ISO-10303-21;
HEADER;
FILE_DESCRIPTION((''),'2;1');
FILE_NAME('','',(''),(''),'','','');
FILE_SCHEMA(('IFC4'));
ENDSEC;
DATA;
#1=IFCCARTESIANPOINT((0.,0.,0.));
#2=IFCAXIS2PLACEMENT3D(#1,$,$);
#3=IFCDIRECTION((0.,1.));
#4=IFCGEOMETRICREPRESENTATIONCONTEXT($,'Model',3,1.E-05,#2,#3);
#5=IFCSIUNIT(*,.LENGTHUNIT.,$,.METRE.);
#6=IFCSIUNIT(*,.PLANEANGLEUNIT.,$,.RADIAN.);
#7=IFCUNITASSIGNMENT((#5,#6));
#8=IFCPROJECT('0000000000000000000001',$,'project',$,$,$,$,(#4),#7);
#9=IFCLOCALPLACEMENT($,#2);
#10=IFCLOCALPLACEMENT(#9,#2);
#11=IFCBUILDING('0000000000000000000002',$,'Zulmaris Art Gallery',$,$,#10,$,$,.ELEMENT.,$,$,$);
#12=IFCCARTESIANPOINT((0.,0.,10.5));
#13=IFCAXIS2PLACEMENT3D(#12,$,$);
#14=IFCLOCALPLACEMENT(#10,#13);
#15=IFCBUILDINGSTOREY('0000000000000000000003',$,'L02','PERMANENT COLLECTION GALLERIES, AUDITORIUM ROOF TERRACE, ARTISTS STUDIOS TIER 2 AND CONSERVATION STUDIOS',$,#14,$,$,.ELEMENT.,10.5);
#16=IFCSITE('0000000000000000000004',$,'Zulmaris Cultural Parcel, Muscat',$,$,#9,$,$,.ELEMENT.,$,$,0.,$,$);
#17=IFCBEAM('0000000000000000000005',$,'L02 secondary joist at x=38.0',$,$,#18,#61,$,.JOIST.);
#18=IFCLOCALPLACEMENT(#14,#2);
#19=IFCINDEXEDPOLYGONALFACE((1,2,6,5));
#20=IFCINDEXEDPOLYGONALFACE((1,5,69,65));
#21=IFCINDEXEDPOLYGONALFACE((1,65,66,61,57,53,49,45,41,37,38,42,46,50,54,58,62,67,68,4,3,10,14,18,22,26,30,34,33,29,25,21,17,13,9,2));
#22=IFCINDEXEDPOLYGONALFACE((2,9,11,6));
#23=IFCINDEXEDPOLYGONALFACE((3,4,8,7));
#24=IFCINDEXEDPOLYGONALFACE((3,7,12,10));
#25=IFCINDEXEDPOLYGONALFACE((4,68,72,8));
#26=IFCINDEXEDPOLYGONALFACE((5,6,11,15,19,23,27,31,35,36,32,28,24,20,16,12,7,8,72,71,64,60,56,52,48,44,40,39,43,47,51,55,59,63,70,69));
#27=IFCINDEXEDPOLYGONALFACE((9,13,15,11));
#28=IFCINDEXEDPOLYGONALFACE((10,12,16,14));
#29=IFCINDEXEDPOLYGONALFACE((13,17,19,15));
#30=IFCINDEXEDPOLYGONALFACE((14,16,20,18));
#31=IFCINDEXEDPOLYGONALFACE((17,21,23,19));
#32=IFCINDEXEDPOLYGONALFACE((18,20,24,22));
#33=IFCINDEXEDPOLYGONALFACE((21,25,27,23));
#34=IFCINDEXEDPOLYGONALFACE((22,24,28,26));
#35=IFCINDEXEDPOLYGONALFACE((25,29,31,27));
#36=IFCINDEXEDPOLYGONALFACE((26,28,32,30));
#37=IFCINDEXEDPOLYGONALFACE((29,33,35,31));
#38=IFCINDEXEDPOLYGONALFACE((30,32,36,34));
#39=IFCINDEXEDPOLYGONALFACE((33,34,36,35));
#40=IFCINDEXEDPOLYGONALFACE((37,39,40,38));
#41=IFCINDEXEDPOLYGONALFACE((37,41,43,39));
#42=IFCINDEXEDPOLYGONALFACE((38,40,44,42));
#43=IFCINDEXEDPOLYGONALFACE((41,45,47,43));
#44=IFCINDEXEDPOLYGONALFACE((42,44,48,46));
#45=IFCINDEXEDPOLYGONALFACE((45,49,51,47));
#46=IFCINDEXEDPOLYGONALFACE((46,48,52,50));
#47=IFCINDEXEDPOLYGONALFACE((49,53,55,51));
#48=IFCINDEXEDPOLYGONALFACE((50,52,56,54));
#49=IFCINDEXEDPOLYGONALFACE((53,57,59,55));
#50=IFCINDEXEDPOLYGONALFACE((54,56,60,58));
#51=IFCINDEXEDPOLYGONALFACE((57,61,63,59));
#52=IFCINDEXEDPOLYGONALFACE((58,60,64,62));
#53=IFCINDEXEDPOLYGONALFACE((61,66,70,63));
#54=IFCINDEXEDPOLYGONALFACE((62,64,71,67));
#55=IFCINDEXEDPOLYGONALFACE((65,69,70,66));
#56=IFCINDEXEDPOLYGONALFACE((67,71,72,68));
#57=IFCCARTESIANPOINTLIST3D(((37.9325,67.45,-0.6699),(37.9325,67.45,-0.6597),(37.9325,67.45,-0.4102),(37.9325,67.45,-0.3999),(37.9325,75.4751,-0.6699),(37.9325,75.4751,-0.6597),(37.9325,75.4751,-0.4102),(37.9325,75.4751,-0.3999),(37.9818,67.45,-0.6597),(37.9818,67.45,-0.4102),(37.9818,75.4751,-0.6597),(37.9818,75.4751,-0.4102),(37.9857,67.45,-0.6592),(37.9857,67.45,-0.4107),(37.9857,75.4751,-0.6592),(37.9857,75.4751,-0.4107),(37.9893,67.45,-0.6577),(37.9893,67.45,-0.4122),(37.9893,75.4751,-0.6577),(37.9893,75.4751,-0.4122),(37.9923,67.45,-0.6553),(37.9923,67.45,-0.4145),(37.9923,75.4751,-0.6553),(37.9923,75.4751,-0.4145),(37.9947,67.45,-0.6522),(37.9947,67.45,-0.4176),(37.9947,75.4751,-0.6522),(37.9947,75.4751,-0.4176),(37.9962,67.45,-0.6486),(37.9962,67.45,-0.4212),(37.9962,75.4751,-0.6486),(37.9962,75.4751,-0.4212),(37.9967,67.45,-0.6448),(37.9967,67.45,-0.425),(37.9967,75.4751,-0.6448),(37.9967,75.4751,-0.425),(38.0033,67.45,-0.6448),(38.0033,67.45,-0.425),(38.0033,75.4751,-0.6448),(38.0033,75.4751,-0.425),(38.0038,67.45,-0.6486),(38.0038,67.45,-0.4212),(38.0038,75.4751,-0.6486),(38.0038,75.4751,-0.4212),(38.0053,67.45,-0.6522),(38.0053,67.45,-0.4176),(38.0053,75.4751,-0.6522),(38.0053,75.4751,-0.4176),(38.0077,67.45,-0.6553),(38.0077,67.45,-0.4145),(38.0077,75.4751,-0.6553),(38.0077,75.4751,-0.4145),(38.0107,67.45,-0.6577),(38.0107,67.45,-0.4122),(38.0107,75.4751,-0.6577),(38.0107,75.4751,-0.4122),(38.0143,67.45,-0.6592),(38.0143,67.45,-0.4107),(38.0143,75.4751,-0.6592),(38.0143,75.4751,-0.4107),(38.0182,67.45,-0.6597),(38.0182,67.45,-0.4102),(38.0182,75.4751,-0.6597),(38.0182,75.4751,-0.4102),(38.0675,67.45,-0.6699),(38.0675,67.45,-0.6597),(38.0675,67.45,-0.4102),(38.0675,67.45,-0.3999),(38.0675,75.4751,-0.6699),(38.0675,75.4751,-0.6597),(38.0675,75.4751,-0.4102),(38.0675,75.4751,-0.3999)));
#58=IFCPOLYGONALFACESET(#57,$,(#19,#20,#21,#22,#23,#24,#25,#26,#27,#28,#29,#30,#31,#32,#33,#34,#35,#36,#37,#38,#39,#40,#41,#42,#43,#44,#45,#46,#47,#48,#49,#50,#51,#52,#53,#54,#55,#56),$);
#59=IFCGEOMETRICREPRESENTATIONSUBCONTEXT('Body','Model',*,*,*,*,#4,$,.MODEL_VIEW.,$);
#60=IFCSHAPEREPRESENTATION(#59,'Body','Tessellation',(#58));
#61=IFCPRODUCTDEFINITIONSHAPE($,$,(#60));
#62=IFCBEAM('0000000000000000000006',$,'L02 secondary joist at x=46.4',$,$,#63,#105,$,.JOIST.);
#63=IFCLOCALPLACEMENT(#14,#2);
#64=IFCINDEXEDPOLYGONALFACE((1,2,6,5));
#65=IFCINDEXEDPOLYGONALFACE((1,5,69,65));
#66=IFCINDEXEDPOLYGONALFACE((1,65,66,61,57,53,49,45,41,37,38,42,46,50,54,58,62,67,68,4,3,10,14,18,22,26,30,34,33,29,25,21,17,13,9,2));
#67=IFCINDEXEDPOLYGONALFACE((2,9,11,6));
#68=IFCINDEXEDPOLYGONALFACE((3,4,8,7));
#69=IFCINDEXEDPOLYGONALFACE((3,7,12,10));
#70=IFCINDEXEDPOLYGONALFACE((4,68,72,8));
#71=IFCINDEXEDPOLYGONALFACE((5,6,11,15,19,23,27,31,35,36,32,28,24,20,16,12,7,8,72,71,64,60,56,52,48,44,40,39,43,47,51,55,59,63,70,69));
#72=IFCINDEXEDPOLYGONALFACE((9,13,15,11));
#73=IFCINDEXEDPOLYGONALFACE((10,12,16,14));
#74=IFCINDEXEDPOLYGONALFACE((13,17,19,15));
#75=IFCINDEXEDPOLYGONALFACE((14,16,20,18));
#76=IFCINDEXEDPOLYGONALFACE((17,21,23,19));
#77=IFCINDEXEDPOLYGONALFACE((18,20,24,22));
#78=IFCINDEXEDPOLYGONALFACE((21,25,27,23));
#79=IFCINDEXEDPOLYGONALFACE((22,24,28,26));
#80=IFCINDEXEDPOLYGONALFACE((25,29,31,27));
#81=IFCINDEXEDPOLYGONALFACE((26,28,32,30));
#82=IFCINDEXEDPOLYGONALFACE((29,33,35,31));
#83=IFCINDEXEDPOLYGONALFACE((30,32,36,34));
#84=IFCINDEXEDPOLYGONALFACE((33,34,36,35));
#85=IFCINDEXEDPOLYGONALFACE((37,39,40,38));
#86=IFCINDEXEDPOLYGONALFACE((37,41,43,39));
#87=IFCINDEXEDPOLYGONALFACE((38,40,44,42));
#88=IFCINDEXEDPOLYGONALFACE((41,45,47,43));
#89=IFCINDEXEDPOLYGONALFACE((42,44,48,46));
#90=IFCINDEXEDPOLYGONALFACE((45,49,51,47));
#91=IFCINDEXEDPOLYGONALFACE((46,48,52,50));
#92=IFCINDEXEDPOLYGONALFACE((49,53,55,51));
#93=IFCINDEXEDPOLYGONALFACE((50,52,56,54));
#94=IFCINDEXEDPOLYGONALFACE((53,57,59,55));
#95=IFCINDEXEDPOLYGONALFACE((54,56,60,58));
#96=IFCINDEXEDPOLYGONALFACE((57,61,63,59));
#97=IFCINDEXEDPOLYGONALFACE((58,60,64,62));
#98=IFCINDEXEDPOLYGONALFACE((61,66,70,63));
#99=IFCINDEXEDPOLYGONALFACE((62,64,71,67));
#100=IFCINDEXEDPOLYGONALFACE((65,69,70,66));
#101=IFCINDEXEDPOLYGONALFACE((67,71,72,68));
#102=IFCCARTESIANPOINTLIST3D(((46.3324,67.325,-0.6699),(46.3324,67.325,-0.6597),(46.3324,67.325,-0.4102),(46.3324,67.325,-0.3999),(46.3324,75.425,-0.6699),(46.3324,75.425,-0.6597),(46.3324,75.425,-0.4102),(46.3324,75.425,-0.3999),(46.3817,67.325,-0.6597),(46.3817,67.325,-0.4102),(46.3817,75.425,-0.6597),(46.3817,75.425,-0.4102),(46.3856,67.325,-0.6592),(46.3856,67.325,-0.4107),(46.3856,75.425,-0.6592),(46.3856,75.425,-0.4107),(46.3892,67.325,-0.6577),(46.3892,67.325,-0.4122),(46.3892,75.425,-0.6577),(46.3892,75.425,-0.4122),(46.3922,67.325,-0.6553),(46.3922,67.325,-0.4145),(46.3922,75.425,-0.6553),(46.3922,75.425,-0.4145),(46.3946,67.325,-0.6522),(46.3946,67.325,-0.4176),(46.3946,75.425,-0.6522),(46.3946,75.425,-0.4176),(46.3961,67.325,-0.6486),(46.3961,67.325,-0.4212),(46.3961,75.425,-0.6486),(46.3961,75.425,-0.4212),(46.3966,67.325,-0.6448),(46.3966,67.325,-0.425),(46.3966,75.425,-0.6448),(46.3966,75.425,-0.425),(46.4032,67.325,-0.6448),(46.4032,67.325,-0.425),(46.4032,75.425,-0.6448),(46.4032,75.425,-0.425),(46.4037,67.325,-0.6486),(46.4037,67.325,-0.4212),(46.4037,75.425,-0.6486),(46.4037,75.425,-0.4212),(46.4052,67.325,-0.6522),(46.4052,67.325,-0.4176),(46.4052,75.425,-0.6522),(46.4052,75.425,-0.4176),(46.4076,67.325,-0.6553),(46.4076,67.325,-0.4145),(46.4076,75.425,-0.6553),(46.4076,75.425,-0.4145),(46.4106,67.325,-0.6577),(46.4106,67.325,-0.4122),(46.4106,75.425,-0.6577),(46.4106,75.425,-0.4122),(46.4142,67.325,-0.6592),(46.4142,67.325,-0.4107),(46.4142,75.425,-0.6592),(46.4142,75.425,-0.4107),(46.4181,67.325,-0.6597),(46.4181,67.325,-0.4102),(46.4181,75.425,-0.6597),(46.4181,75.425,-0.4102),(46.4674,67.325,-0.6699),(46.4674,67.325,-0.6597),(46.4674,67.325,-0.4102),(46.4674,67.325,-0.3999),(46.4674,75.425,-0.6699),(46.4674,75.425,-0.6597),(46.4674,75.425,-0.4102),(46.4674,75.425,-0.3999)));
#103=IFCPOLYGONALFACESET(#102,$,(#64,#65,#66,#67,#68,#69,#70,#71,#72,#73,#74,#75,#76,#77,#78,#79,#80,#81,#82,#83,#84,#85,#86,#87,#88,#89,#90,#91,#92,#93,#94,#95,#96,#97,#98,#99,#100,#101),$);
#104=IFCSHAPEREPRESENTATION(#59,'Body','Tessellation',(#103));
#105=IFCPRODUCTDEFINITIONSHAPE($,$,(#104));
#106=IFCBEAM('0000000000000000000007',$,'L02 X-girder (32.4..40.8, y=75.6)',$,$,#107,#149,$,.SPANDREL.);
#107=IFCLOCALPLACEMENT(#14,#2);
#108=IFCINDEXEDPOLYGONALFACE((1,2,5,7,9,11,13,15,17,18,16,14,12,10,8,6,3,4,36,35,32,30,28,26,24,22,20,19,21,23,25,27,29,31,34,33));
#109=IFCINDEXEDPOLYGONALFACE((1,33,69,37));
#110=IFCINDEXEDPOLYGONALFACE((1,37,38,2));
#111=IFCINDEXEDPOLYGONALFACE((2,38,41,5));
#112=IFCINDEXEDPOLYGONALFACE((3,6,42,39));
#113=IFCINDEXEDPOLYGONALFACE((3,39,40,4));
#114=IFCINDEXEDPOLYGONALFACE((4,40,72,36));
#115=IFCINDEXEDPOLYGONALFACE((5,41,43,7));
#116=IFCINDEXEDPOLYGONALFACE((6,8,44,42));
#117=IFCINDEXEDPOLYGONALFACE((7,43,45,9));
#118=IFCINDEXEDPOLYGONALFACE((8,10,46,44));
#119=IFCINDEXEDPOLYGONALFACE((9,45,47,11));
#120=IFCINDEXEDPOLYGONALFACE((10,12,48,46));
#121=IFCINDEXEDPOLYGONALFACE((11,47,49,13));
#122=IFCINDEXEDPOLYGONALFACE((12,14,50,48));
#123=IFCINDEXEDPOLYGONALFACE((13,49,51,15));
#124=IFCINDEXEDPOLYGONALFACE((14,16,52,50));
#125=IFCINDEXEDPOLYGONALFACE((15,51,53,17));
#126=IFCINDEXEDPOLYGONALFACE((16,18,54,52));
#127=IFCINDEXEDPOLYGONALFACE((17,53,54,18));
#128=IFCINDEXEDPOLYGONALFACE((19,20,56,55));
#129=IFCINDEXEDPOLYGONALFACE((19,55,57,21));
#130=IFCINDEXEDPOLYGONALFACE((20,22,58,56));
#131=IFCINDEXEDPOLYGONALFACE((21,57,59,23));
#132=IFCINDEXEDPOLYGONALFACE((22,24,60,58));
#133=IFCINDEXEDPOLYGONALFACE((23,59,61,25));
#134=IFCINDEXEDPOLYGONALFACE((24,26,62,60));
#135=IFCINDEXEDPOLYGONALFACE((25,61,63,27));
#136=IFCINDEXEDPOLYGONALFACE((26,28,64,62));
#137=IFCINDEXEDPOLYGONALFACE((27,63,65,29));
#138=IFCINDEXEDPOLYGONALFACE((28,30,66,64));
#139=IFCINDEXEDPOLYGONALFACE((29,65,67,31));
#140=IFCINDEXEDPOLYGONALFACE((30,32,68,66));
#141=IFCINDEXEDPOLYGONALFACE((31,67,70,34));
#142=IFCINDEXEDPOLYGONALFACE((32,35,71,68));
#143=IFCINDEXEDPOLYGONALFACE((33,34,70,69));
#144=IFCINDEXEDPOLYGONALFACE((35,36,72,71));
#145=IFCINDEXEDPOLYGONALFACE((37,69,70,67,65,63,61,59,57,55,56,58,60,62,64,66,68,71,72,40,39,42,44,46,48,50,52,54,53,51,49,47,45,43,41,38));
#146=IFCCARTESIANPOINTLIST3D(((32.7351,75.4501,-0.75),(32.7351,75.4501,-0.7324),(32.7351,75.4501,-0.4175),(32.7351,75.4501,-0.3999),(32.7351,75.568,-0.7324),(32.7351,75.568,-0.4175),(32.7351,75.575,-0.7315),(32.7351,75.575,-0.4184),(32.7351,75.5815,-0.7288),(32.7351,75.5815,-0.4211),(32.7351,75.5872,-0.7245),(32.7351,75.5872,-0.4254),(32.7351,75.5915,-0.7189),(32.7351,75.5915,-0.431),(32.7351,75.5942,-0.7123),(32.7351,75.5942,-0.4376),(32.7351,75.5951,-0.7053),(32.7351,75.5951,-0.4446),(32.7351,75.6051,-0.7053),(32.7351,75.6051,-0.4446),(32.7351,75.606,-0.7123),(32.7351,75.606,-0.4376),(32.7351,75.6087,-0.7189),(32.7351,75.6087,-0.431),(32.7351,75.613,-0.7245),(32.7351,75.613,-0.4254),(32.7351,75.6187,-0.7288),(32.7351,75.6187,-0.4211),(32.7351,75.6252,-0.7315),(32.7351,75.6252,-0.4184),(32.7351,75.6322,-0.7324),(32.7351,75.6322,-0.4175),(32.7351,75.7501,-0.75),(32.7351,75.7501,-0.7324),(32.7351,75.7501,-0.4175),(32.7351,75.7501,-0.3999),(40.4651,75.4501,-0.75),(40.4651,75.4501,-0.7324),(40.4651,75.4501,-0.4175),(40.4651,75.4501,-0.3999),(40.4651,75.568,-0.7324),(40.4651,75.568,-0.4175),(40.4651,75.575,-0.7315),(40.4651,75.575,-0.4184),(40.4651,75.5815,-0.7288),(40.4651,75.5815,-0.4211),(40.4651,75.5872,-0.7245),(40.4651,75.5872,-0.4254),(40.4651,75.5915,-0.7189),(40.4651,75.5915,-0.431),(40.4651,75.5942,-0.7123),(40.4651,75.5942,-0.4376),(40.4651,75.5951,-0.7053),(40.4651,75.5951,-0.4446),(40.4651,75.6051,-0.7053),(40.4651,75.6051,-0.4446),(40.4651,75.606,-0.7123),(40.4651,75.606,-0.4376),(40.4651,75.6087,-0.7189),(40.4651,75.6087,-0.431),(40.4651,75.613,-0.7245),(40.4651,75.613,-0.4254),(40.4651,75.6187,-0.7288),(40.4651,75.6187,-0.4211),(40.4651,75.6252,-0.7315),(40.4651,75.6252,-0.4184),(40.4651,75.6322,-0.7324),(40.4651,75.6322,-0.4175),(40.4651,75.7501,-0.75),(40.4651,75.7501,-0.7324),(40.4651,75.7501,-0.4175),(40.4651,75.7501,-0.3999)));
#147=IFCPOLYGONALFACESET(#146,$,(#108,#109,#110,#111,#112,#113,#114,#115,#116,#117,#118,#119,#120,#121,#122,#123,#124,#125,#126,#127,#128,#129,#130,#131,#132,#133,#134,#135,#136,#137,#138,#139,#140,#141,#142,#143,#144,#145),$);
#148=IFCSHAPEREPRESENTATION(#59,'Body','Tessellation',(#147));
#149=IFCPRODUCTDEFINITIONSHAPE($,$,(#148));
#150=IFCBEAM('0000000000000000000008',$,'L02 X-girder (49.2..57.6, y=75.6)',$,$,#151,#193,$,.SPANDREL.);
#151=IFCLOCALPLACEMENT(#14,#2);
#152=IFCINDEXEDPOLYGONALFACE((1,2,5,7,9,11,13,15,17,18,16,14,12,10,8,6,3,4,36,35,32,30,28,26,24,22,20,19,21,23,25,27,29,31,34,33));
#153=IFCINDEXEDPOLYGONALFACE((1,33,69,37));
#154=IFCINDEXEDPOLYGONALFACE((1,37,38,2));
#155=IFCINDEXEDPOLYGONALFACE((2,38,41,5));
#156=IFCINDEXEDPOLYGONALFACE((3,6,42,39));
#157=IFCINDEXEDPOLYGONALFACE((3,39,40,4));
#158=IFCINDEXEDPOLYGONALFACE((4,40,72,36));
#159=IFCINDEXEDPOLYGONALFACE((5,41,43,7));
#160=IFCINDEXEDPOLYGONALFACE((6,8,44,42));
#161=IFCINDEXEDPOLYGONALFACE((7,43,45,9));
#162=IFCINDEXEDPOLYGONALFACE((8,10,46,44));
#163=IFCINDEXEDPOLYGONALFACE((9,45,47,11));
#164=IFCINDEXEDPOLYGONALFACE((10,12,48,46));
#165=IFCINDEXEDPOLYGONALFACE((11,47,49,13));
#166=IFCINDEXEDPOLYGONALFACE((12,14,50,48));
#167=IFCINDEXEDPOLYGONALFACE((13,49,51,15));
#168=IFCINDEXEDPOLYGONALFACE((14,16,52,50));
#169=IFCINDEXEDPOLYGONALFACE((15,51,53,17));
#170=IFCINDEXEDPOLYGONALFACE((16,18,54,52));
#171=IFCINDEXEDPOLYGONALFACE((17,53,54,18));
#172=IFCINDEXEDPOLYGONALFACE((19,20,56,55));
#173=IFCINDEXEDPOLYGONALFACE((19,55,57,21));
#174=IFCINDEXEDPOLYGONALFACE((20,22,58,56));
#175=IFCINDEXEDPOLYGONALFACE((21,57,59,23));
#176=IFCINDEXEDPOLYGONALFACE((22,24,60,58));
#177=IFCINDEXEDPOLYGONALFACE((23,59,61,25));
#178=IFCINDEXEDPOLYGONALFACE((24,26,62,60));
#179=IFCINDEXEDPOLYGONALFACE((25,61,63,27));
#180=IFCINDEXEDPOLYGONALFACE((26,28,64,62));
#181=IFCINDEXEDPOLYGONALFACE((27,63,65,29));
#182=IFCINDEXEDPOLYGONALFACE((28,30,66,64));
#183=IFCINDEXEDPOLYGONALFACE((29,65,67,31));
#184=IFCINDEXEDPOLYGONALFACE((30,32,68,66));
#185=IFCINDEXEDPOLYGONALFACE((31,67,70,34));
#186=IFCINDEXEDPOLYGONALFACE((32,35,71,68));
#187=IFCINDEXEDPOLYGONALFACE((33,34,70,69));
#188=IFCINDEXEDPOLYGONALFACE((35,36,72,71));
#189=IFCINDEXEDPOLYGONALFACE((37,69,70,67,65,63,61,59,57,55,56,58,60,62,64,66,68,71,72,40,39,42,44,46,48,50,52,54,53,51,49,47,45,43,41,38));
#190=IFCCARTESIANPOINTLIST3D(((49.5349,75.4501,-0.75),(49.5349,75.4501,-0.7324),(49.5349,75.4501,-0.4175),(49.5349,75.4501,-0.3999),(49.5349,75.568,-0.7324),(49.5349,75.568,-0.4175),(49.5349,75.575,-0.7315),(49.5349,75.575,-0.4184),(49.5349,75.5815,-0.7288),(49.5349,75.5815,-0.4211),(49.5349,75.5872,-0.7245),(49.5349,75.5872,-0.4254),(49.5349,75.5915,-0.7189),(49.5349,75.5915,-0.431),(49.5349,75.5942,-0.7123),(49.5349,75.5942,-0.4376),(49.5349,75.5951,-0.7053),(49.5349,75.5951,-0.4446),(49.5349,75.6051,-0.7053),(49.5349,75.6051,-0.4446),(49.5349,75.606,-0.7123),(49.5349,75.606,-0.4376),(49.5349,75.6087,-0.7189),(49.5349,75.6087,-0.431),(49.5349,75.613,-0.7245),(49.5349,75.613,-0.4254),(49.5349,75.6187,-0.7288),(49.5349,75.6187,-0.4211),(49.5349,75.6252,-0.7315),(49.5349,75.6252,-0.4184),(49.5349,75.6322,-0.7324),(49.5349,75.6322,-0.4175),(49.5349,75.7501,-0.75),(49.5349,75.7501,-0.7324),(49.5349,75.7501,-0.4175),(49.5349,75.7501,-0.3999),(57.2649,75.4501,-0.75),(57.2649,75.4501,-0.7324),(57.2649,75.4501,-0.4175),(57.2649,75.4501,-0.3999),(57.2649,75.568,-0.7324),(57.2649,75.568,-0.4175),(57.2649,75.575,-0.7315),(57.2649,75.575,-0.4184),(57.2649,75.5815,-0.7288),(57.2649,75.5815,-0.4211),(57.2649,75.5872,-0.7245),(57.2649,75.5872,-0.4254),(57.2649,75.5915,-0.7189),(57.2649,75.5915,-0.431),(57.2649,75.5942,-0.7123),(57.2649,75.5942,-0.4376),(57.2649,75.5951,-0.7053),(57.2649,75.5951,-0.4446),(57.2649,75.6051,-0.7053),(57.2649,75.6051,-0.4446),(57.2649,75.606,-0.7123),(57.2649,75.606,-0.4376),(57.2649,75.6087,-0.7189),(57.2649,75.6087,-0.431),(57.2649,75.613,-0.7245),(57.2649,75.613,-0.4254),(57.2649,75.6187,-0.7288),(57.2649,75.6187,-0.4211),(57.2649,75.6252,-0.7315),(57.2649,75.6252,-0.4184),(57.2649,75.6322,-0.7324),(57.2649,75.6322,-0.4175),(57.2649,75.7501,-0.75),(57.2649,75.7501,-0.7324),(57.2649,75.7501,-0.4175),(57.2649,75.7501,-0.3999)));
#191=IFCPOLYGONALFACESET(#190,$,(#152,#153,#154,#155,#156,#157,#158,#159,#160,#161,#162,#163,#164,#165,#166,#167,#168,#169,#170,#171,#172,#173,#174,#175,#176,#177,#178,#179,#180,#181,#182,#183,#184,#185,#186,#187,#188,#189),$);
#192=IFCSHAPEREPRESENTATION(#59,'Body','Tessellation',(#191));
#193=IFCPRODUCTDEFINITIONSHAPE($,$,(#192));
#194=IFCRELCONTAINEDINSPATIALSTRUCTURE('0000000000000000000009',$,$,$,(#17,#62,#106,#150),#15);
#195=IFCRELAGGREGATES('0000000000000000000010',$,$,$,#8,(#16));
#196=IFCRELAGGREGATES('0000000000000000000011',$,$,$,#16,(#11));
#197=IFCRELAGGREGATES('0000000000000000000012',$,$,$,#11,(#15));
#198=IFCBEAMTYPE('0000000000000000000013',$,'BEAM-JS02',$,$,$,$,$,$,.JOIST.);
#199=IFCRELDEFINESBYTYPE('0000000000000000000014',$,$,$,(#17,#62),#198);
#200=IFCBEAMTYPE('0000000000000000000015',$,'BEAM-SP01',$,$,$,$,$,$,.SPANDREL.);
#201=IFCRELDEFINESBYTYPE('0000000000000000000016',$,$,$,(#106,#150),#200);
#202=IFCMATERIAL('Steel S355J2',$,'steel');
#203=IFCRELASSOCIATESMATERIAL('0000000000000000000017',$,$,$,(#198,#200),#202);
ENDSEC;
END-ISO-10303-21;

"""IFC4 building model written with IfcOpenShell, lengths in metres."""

from ifc_helpers import new_model, si_unit, direction, frame, origin, origin_2d, place, context, subcontext, project, spatial, i_section, extrude, material, material_profile, profile_set, type_object, element, save


model = new_model("IFC4")

# Units and contexts
model_context = context("Model", 3, precision=1e-05, world=origin(), true_north=direction((0.0, 1.0)))
body_context = subcontext(model_context, "Body", "Model", "MODEL_VIEW")
ifc_project = project(units=[si_unit("LENGTHUNIT", "METRE"), si_unit("PLANEANGLEUNIT", "RADIAN")], contexts=[model_context])

# Site, building, storey
site_placement = place(None, origin())
site = spatial("IfcSite", under=ifc_project, at=site_placement, Name="Zulmaris Cultural Parcel, Muscat", CompositionType="ELEMENT", RefElevation=0.0)
building_placement = place(site_placement, origin())
building = spatial("IfcBuilding", under=site, at=building_placement, Name="Zulmaris Art Gallery", CompositionType="ELEMENT")
storey_placement = place(building_placement, frame((0.0, 0.0, 10.5)))
storey = spatial("IfcBuildingStorey", under=building, at=storey_placement, Name="L02", Description="PERMANENT COLLECTION GALLERIES, AUDITORIUM ROOF TERRACE, ARTISTS STUDIOS TIER 2 AND CONSERVATION STUDIOS", CompositionType="ELEMENT", Elevation=10.5)

# Beams
ifc_material_1 = material(Name="Steel S355J2", Category="steel")
ifc_material_profile_1 = material_profile(ifc_material_1, i_section(OverallWidth=0.135, OverallDepth=0.27, WebThickness=0.0066, FlangeThickness=0.0103, FilletRadius=0.0149, at=origin_2d()), Name="IPE 270")
ifc_profile_set_1 = profile_set([ifc_material_profile_1], Name="Steel S355J2")
beam_type_1 = type_object("IfcBeamType", Name="BEAM-JS02", PredefinedType="JOIST", material=ifc_profile_set_1)
beam_1_placement = place(storey_placement, frame((38.0, 67.45, -0.5349), z_axis=(0.0, 1.0, 0.0), x_axis=(-1.0, 0.0, 0.0)))
element("IfcBeam", 1, at=beam_1_placement, inside=storey, type_object=beam_type_1, Name="L02 secondary joist at x=38.0", PredefinedType="JOIST", context=body_context, shape_type="SweptSolid", body=[
    extrude(i_section(OverallWidth=0.135, OverallDepth=0.27, WebThickness=0.0066, FlangeThickness=0.0103, FilletRadius=0.0149, at=origin_2d()), origin(), (0.0, 0.0, 1.0), 8.0251),
])
beam_2_placement = place(storey_placement, frame((46.3999, 67.325, -0.5349), z_axis=(0.0, 1.0, 0.0), x_axis=(-1.0, 0.0, 0.0)))
element("IfcBeam", 2, at=beam_2_placement, inside=storey, type_object=beam_type_1, Name="L02 secondary joist at x=46.4", PredefinedType="JOIST", context=body_context, shape_type="SweptSolid", body=[
    extrude(i_section(OverallWidth=0.135, OverallDepth=0.27, WebThickness=0.0066, FlangeThickness=0.0103, FilletRadius=0.0149, at=origin_2d()), origin(), (0.0, 0.0, 1.0), 8.1001),
])
ifc_material_profile_2 = material_profile(ifc_material_1, i_section(OverallWidth=0.3, OverallDepth=0.3501, WebThickness=0.01, FlangeThickness=0.0176, FilletRadius=0.0271, at=origin_2d()), Name="HEA 360")
ifc_profile_set_2 = profile_set([ifc_material_profile_2], Name="Steel S355J2")
beam_type_2 = type_object("IfcBeamType", Name="BEAM-SP01", PredefinedType="SPANDREL", material=ifc_profile_set_2)
for number, where, z_axis, x_axis, name in (
    (3, (32.7351, 75.6001, -0.575), (1.0, 0.0, 0.0), (0.0, 1.0, 0.0), "L02 X-girder (32.4..40.8, y=75.6)"),
    (4, (49.5349, 75.6001, -0.575), (1.0, 0.0, 0.0), (0.0, 1.0, 0.0), "L02 X-girder (49.2..57.6, y=75.6)"),
):
    element("IfcBeam", number, at=place(storey_placement, frame(where, z_axis=z_axis, x_axis=x_axis)), inside=storey, type_object=beam_type_2, Name=name, PredefinedType="SPANDREL", context=body_context, shape_type="SweptSolid", body=[
        extrude(i_section(OverallWidth=0.3, OverallDepth=0.3501, WebThickness=0.01, FlangeThickness=0.0176, FilletRadius=0.0271, at=origin_2d()), origin(), (0.0, 0.0, 1.0), 7.73),
    ])

save(model, "model.ifc")
